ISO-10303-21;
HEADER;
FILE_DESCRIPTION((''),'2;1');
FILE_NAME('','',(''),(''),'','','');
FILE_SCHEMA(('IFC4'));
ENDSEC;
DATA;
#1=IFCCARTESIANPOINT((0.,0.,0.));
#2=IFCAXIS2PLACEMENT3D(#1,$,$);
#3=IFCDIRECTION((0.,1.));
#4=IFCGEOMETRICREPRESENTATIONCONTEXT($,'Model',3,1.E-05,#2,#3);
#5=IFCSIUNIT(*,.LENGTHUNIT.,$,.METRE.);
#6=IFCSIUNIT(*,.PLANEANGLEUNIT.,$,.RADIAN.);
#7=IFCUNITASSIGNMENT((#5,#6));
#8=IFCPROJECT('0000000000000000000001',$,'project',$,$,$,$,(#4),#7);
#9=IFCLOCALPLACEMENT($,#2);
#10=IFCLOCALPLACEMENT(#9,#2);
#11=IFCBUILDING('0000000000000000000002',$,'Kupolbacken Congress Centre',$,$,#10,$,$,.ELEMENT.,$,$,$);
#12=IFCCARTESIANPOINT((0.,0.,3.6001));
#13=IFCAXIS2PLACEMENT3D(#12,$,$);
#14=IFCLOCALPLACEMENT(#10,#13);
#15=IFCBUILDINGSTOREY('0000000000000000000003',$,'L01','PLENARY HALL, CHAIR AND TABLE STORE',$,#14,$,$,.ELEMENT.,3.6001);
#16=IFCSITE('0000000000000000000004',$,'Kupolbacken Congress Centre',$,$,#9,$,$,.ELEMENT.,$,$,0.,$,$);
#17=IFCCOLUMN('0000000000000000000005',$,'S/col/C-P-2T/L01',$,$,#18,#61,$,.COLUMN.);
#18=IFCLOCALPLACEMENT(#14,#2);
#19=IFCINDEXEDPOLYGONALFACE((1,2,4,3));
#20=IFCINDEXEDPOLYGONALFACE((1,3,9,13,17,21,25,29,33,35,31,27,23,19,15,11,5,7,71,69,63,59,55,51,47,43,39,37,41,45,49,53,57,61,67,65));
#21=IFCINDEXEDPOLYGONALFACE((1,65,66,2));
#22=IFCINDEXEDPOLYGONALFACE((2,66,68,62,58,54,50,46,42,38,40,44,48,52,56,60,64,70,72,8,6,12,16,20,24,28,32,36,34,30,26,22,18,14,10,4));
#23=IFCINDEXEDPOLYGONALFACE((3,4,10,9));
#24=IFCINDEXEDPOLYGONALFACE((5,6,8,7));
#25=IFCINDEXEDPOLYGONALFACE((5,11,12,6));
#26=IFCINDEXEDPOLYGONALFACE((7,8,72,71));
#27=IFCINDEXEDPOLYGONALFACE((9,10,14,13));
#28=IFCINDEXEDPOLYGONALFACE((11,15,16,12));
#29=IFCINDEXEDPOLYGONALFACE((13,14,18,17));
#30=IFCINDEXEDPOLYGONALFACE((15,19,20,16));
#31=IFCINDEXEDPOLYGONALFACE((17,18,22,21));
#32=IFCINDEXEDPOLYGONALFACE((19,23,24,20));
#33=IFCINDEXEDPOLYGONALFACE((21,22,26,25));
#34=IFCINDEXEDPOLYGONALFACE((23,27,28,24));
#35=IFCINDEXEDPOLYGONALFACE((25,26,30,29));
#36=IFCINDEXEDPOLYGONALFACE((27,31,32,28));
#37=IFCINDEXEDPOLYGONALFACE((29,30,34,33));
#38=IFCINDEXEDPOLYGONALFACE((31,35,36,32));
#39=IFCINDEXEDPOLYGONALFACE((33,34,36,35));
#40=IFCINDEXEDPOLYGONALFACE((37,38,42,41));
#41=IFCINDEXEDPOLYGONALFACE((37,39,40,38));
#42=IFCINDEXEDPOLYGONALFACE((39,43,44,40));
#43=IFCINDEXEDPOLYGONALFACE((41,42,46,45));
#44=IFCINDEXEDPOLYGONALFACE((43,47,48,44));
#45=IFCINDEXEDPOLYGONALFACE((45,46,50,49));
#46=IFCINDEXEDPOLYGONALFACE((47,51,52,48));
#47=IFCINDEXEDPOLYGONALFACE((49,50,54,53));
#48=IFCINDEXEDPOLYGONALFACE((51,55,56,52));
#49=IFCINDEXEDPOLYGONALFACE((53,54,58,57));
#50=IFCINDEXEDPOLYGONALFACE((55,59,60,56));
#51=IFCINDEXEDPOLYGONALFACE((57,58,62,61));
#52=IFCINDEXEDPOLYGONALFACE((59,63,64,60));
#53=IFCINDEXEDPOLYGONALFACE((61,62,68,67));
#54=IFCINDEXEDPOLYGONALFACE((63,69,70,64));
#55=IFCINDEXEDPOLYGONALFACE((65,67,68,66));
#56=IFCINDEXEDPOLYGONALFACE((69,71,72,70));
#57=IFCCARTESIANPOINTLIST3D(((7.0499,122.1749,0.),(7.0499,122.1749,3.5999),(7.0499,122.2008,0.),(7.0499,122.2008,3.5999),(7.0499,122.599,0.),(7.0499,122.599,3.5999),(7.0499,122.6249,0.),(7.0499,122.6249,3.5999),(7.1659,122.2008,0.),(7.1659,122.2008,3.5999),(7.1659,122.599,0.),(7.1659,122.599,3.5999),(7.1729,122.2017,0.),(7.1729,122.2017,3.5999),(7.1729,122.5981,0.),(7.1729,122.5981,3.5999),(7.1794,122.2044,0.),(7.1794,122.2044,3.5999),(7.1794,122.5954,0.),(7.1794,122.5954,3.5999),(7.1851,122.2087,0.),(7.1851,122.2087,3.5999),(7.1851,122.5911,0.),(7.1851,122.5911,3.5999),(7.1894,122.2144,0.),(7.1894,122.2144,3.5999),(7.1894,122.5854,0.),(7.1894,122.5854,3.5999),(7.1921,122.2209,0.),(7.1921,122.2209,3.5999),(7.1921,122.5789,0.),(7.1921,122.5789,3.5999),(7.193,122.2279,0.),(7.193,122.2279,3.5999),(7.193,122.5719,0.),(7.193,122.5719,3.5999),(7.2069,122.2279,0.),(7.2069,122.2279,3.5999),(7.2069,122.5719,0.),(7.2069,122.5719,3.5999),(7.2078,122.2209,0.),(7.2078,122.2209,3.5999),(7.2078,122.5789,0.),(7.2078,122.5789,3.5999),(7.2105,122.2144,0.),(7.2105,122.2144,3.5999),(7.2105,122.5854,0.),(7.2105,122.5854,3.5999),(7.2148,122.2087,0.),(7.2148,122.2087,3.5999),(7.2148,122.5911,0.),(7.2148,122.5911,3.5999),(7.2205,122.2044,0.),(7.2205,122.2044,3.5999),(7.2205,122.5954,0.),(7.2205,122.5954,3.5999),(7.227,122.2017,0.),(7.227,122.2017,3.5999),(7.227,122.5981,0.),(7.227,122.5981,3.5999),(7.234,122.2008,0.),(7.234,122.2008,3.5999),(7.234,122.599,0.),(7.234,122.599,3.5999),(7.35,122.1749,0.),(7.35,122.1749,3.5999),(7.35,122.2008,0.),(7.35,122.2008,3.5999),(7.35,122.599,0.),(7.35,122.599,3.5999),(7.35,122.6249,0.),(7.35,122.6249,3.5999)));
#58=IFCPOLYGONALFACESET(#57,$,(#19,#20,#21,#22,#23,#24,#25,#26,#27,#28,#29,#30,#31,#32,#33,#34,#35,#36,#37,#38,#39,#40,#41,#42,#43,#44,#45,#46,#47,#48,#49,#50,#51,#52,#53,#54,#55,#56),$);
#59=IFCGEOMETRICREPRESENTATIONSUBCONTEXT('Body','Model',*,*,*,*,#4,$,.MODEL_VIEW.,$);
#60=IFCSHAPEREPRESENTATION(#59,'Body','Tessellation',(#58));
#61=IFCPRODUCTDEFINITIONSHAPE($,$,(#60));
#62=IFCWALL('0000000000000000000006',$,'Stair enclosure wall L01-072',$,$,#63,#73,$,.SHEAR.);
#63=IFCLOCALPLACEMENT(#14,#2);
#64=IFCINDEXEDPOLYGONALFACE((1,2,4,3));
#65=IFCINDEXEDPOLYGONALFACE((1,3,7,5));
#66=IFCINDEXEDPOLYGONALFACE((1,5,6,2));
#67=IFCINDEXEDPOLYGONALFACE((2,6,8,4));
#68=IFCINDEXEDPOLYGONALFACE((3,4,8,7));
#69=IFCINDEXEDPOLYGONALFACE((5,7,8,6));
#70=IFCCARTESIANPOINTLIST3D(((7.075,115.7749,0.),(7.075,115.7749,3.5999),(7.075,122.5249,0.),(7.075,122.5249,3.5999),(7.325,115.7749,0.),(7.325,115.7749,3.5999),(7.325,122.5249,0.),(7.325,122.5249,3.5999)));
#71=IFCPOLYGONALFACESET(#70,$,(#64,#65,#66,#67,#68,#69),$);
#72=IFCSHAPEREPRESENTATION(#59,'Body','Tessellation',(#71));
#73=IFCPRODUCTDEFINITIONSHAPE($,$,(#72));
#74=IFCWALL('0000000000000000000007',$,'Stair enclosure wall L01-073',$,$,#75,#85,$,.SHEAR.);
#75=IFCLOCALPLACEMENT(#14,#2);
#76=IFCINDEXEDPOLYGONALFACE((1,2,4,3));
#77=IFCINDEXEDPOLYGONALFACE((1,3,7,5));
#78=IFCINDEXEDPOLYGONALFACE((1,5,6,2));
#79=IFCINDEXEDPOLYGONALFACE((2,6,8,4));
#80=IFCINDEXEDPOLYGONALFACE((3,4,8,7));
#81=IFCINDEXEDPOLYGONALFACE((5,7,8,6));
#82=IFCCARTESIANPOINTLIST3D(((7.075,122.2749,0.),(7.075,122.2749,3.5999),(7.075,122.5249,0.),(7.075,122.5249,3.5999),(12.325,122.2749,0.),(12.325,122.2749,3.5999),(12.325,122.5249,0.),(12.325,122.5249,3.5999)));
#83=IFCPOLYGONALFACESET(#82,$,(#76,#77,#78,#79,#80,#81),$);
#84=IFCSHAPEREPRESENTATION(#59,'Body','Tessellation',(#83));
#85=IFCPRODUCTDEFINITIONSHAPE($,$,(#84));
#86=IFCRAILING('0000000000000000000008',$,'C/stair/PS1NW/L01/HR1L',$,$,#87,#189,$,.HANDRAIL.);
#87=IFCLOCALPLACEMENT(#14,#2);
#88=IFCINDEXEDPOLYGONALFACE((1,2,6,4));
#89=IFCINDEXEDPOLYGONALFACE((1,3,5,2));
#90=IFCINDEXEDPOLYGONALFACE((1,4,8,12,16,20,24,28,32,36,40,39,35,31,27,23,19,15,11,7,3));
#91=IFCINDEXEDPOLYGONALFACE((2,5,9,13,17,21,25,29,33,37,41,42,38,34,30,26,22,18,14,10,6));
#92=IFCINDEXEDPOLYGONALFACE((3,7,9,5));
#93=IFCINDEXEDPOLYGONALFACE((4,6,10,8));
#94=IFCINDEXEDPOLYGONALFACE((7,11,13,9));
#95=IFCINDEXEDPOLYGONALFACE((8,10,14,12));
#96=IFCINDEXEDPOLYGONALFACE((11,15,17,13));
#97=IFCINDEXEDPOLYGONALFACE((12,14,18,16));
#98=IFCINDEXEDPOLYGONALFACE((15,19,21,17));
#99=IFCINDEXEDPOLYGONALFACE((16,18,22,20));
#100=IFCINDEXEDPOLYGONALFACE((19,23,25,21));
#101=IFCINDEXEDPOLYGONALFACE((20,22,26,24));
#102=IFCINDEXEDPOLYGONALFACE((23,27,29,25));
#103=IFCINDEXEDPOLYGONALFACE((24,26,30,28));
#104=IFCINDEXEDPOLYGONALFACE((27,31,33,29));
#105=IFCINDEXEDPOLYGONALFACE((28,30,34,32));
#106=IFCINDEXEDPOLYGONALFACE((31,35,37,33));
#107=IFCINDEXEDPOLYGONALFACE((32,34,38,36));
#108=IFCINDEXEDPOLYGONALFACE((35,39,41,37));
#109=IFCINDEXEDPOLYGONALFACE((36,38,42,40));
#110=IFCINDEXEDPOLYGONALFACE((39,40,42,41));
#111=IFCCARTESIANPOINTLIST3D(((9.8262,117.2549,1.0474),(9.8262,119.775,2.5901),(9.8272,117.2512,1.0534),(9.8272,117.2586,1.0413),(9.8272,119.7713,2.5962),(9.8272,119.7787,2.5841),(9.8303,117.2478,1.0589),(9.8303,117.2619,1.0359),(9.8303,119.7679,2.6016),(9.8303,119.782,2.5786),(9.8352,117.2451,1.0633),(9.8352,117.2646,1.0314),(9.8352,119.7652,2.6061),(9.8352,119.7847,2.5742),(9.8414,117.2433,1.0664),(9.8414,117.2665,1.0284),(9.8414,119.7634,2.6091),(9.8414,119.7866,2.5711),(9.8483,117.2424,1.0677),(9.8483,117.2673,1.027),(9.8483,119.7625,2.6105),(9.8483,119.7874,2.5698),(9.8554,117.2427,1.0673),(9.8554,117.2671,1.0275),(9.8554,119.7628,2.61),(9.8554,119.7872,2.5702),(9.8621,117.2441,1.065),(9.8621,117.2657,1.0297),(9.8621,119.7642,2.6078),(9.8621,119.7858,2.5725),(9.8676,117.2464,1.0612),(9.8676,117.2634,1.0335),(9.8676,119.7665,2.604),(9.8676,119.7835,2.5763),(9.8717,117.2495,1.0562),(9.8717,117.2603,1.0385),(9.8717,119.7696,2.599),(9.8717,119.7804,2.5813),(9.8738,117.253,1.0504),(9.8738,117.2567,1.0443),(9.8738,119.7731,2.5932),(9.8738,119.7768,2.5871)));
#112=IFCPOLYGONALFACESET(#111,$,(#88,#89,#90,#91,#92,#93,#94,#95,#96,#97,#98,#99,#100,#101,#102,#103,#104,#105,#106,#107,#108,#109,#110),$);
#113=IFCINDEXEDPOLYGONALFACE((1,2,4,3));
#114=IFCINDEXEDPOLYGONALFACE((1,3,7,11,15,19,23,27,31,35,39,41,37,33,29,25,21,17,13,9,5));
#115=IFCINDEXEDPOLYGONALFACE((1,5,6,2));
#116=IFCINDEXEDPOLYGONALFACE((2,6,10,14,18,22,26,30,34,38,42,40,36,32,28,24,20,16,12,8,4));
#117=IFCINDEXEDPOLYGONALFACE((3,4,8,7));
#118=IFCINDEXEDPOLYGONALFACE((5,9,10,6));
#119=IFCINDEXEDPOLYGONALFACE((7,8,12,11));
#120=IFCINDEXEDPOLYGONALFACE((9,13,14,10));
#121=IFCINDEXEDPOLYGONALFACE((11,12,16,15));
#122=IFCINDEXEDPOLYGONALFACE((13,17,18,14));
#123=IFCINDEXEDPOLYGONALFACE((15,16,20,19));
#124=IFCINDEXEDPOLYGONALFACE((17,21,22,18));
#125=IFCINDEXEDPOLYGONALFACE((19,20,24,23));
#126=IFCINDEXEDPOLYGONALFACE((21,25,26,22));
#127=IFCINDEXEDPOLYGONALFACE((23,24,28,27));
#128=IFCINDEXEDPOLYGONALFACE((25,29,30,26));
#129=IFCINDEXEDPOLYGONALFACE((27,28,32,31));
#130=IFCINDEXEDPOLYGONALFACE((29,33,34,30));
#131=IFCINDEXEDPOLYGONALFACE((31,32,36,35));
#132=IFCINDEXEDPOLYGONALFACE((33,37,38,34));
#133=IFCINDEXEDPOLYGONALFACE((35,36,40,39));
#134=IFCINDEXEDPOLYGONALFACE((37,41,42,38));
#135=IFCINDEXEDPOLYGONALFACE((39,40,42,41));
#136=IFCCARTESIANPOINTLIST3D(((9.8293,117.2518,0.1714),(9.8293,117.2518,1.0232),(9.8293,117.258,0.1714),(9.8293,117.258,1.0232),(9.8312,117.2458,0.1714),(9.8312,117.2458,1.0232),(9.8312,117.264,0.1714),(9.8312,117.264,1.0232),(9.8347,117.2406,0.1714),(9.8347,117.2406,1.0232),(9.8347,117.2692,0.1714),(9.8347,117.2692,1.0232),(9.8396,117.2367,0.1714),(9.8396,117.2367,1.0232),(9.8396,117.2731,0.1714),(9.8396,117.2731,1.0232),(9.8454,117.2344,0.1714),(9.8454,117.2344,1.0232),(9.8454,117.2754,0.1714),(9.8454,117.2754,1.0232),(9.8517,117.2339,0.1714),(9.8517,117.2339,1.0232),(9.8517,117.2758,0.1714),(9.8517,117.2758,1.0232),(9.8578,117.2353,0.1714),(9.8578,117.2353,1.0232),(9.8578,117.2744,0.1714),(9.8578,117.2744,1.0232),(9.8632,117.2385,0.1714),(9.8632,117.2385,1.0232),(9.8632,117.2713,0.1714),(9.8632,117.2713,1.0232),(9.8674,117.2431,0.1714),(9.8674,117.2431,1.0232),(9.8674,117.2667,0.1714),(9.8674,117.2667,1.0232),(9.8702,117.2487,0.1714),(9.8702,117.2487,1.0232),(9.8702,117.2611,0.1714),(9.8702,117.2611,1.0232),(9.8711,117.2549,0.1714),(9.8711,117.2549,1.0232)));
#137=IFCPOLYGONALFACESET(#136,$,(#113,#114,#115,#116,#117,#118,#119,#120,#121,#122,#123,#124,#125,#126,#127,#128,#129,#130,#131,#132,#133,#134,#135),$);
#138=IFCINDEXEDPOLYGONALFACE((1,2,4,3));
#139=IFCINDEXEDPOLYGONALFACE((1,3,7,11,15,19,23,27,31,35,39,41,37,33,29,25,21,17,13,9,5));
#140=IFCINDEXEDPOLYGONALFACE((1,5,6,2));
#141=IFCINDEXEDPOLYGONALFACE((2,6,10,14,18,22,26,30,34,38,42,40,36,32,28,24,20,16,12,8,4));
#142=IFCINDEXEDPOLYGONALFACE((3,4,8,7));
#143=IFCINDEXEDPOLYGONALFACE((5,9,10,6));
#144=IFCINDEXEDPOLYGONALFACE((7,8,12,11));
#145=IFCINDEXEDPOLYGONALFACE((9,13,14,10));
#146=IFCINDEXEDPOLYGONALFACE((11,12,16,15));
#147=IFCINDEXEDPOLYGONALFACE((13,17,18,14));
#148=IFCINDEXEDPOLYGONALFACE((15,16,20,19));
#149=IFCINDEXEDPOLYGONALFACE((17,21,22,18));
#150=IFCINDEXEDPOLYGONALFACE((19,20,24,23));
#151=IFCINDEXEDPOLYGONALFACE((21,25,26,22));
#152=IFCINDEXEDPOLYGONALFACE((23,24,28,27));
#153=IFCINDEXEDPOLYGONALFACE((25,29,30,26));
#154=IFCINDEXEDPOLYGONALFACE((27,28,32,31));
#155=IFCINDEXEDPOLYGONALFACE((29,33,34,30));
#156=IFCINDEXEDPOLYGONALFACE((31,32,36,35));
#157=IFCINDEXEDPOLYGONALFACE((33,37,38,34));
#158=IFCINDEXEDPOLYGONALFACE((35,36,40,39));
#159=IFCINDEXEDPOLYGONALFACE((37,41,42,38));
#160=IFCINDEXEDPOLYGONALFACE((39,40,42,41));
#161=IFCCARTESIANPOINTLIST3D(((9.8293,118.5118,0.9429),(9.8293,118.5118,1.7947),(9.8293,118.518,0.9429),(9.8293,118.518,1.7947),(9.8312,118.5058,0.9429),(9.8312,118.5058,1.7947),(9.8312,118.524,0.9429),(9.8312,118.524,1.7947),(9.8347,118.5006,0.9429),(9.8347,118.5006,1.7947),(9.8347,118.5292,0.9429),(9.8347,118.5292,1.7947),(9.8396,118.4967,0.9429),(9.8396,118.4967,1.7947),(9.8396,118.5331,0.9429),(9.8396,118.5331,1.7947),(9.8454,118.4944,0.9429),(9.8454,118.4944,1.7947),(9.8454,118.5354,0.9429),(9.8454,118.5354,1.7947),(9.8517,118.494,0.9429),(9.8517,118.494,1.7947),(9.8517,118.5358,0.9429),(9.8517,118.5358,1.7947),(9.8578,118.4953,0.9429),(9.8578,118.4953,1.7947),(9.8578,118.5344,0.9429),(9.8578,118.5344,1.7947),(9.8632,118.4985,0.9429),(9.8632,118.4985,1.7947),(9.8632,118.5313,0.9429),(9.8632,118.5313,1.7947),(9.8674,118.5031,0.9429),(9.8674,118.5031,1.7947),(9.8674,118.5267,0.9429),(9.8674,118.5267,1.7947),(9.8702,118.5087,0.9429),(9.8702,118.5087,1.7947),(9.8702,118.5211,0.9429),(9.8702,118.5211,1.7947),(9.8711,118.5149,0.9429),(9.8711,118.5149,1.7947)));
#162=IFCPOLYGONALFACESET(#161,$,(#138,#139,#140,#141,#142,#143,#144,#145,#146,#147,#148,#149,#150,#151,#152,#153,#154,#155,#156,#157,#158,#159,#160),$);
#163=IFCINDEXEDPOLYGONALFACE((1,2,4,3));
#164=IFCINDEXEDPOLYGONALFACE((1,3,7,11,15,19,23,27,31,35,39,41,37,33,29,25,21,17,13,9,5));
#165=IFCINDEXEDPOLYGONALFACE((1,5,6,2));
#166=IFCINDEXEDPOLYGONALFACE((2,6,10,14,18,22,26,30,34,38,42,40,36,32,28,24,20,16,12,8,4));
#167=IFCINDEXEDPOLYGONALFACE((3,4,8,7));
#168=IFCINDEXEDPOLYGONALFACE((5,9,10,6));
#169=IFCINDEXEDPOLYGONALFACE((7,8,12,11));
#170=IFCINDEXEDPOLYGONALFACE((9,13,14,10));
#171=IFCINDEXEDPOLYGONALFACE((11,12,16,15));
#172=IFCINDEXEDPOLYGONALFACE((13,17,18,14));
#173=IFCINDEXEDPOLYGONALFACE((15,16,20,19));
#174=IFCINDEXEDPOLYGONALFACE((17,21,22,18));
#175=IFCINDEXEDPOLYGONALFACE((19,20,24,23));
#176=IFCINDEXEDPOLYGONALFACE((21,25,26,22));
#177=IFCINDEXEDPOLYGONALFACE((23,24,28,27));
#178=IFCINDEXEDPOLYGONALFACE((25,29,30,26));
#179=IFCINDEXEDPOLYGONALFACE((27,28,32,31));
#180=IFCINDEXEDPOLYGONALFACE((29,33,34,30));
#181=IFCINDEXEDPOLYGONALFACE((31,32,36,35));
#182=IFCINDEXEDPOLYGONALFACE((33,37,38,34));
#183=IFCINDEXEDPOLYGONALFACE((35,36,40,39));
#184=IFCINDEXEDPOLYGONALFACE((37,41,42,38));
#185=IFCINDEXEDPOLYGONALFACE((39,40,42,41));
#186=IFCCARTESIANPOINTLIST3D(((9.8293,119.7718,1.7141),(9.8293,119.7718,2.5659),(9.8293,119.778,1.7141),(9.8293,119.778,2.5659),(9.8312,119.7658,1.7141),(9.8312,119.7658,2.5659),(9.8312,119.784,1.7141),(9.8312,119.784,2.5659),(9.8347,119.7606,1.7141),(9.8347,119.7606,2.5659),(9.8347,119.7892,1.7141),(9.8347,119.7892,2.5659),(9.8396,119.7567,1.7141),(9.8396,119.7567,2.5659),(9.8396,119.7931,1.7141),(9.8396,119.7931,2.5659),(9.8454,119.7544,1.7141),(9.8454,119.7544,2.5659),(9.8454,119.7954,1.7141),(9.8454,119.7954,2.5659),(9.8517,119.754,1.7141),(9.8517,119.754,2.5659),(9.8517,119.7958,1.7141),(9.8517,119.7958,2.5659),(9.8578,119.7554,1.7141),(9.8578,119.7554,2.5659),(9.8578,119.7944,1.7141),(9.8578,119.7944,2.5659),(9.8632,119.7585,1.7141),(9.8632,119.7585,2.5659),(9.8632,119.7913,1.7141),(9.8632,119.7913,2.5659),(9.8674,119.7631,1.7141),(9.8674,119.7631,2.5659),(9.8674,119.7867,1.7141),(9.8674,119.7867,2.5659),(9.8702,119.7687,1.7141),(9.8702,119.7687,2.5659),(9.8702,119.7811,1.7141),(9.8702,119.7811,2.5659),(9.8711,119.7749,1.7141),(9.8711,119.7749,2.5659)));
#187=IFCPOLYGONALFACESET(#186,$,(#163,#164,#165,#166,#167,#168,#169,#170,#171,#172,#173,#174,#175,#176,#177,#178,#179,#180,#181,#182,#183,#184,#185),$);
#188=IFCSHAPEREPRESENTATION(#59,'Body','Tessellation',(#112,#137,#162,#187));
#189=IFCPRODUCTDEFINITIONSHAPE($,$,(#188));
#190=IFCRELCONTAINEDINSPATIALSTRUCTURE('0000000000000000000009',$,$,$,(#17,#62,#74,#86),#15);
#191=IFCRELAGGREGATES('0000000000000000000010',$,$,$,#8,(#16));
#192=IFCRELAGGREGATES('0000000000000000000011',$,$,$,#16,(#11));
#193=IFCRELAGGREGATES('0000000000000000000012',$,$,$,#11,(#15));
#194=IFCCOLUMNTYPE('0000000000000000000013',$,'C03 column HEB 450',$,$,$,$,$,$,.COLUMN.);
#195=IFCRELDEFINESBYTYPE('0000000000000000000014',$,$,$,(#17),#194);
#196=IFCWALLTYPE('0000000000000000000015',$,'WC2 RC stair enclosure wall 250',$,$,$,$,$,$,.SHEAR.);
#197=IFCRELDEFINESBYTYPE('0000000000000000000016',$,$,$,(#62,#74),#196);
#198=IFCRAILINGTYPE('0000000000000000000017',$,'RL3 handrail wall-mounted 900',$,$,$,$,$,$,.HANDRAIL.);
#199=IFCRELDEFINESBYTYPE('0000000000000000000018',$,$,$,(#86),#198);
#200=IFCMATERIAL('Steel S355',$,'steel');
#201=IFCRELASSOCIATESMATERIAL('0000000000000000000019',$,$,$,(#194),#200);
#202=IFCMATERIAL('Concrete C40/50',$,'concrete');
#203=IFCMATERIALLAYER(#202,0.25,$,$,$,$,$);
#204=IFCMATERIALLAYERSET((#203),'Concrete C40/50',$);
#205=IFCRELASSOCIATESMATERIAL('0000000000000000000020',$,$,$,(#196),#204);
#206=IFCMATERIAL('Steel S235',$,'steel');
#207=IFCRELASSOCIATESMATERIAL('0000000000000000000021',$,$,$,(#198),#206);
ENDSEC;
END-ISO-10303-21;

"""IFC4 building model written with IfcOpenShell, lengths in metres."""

from ifc_helpers import new_model, si_unit, direction, frame, frame_2d, origin, origin_2d, place, context, subcontext, project, spatial, rectangle, circle, i_section, extrude, material, layer, layer_set, material_profile, profile_set, type_object, element, save


model = new_model("IFC4")

# Units and contexts
model_context = context("Model", 3, precision=1e-05, world=origin(), true_north=direction((0.0, 1.0)))
body_context = subcontext(model_context, "Body", "Model", "MODEL_VIEW")
ifc_project = project(units=[si_unit("LENGTHUNIT", "METRE"), si_unit("PLANEANGLEUNIT", "RADIAN")], contexts=[model_context])

# Site, building, storey
site_placement = place(None, origin())
site = spatial("IfcSite", under=ifc_project, at=site_placement, Name="Kupolbacken Congress Centre", CompositionType="ELEMENT", RefElevation=0.0)
building_placement = place(site_placement, origin())
building = spatial("IfcBuilding", under=site, at=building_placement, Name="Kupolbacken Congress Centre", CompositionType="ELEMENT")
storey_placement = place(building_placement, frame((0.0, 0.0, 3.6001)))
storey = spatial("IfcBuildingStorey", under=building, at=storey_placement, Name="L01", Description="PLENARY HALL, CHAIR AND TABLE STORE", CompositionType="ELEMENT", Elevation=3.6001)

# Column
ifc_material_1 = material(Name="Steel S355", Category="steel")
ifc_material_profile = material_profile(ifc_material_1, i_section(OverallWidth=0.3, OverallDepth=0.45, WebThickness=0.0139, FlangeThickness=0.0259, FilletRadius=0.0271, at=origin_2d()), Name="HEB 450")
ifc_profile_set = profile_set([ifc_material_profile], Name="Steel S355")
column_type = type_object("IfcColumnType", Name="C03 column HEB 450", PredefinedType="COLUMN", material=ifc_profile_set)
column_placement = place(storey_placement, frame((7.2, 122.3999, 0.0), z_axis=(0.0, 0.0, 1.0), x_axis=(1.0, 0.0, 0.0)))
element("IfcColumn", 1, at=column_placement, inside=storey, type_object=column_type, Name="S/col/C-P-2T/L01", PredefinedType="COLUMN", context=body_context, shape_type="SweptSolid", body=[
    extrude(i_section(OverallWidth=0.3, OverallDepth=0.45, WebThickness=0.0139, FlangeThickness=0.0259, FilletRadius=0.0271, at=origin_2d()), origin(), (0.0, 0.0, 1.0), 3.5999),
])

# Shared definitions
ifc_material_2 = material(Name="Concrete C40/50", Category="concrete")
ifc_layer = layer(ifc_material_2, 0.25)
ifc_layer_set = layer_set([ifc_layer], Name="Concrete C40/50")
wall_type = type_object("IfcWallType", Name="WC2 RC stair enclosure wall 250", PredefinedType="SHEAR", material=ifc_layer_set)

# Walls
wall_1_placement = place(storey_placement, frame((7.2, 122.5249, 0.0), z_axis=(0.0, 0.0, 1.0), x_axis=(0.0, -1.0, 0.0)))
element("IfcWall", 2, at=wall_1_placement, inside=storey, type_object=wall_type, Name="Stair enclosure wall L01-072", PredefinedType="SHEAR", context=body_context, shape_type="SweptSolid", body=[
    extrude(rectangle(XDim=6.75, YDim=0.25, at=frame_2d((3.375, 0.0))), origin(), (0.0, 0.0, 1.0), 3.5999),
])
wall_2_placement = place(storey_placement, frame((12.325, 122.3999, 0.0), z_axis=(0.0, 0.0, 1.0), x_axis=(-1.0, 0.0, 0.0)))
element("IfcWall", 3, at=wall_2_placement, inside=storey, type_object=wall_type, Name="Stair enclosure wall L01-073", PredefinedType="SHEAR", context=body_context, shape_type="SweptSolid", body=[
    extrude(rectangle(XDim=5.25, YDim=0.25, at=frame_2d((2.625, 0.0))), origin(), (0.0, 0.0, 1.0), 3.5999),
])

# Railing
ifc_material_3 = material(Name="Steel S235", Category="steel")
railing_type = type_object("IfcRailingType", Name="RL3 handrail wall-mounted 900", PredefinedType="HANDRAIL", material=ifc_material_3)
for number, where, name in (
    (4, (9.8501, 117.2549, 0.1714), "C/stair/PS1NW/L01/HR1L"),
):
    element("IfcRailing", number, at=place(storey_placement, frame(where)), inside=storey, type_object=railing_type, Name=name, PredefinedType="HANDRAIL", context=body_context, shape_type="SweptSolid", body=[
        extrude(circle(Radius=0.0239, at=origin_2d()), frame((0.0, 0.0, 0.876), z_axis=(0.0, 0.852873, 0.522118), x_axis=(-1.0, 0.0, 0.0)), (0.0, 0.0, 1.0), 2.9548),
        extrude(circle(Radius=0.021, at=origin_2d()), origin(), (0.0, 0.0, 1.0), 0.8518),
        extrude(circle(Radius=0.021, at=origin_2d()), frame((0.0, 1.26, 0.7715)), (0.0, 0.0, 1.0), 0.8518),
        extrude(circle(Radius=0.021, at=origin_2d()), frame((0.0, 2.52, 1.5427)), (0.0, 0.0, 1.0), 0.8518),
    ])

save(model, "model.ifc")
